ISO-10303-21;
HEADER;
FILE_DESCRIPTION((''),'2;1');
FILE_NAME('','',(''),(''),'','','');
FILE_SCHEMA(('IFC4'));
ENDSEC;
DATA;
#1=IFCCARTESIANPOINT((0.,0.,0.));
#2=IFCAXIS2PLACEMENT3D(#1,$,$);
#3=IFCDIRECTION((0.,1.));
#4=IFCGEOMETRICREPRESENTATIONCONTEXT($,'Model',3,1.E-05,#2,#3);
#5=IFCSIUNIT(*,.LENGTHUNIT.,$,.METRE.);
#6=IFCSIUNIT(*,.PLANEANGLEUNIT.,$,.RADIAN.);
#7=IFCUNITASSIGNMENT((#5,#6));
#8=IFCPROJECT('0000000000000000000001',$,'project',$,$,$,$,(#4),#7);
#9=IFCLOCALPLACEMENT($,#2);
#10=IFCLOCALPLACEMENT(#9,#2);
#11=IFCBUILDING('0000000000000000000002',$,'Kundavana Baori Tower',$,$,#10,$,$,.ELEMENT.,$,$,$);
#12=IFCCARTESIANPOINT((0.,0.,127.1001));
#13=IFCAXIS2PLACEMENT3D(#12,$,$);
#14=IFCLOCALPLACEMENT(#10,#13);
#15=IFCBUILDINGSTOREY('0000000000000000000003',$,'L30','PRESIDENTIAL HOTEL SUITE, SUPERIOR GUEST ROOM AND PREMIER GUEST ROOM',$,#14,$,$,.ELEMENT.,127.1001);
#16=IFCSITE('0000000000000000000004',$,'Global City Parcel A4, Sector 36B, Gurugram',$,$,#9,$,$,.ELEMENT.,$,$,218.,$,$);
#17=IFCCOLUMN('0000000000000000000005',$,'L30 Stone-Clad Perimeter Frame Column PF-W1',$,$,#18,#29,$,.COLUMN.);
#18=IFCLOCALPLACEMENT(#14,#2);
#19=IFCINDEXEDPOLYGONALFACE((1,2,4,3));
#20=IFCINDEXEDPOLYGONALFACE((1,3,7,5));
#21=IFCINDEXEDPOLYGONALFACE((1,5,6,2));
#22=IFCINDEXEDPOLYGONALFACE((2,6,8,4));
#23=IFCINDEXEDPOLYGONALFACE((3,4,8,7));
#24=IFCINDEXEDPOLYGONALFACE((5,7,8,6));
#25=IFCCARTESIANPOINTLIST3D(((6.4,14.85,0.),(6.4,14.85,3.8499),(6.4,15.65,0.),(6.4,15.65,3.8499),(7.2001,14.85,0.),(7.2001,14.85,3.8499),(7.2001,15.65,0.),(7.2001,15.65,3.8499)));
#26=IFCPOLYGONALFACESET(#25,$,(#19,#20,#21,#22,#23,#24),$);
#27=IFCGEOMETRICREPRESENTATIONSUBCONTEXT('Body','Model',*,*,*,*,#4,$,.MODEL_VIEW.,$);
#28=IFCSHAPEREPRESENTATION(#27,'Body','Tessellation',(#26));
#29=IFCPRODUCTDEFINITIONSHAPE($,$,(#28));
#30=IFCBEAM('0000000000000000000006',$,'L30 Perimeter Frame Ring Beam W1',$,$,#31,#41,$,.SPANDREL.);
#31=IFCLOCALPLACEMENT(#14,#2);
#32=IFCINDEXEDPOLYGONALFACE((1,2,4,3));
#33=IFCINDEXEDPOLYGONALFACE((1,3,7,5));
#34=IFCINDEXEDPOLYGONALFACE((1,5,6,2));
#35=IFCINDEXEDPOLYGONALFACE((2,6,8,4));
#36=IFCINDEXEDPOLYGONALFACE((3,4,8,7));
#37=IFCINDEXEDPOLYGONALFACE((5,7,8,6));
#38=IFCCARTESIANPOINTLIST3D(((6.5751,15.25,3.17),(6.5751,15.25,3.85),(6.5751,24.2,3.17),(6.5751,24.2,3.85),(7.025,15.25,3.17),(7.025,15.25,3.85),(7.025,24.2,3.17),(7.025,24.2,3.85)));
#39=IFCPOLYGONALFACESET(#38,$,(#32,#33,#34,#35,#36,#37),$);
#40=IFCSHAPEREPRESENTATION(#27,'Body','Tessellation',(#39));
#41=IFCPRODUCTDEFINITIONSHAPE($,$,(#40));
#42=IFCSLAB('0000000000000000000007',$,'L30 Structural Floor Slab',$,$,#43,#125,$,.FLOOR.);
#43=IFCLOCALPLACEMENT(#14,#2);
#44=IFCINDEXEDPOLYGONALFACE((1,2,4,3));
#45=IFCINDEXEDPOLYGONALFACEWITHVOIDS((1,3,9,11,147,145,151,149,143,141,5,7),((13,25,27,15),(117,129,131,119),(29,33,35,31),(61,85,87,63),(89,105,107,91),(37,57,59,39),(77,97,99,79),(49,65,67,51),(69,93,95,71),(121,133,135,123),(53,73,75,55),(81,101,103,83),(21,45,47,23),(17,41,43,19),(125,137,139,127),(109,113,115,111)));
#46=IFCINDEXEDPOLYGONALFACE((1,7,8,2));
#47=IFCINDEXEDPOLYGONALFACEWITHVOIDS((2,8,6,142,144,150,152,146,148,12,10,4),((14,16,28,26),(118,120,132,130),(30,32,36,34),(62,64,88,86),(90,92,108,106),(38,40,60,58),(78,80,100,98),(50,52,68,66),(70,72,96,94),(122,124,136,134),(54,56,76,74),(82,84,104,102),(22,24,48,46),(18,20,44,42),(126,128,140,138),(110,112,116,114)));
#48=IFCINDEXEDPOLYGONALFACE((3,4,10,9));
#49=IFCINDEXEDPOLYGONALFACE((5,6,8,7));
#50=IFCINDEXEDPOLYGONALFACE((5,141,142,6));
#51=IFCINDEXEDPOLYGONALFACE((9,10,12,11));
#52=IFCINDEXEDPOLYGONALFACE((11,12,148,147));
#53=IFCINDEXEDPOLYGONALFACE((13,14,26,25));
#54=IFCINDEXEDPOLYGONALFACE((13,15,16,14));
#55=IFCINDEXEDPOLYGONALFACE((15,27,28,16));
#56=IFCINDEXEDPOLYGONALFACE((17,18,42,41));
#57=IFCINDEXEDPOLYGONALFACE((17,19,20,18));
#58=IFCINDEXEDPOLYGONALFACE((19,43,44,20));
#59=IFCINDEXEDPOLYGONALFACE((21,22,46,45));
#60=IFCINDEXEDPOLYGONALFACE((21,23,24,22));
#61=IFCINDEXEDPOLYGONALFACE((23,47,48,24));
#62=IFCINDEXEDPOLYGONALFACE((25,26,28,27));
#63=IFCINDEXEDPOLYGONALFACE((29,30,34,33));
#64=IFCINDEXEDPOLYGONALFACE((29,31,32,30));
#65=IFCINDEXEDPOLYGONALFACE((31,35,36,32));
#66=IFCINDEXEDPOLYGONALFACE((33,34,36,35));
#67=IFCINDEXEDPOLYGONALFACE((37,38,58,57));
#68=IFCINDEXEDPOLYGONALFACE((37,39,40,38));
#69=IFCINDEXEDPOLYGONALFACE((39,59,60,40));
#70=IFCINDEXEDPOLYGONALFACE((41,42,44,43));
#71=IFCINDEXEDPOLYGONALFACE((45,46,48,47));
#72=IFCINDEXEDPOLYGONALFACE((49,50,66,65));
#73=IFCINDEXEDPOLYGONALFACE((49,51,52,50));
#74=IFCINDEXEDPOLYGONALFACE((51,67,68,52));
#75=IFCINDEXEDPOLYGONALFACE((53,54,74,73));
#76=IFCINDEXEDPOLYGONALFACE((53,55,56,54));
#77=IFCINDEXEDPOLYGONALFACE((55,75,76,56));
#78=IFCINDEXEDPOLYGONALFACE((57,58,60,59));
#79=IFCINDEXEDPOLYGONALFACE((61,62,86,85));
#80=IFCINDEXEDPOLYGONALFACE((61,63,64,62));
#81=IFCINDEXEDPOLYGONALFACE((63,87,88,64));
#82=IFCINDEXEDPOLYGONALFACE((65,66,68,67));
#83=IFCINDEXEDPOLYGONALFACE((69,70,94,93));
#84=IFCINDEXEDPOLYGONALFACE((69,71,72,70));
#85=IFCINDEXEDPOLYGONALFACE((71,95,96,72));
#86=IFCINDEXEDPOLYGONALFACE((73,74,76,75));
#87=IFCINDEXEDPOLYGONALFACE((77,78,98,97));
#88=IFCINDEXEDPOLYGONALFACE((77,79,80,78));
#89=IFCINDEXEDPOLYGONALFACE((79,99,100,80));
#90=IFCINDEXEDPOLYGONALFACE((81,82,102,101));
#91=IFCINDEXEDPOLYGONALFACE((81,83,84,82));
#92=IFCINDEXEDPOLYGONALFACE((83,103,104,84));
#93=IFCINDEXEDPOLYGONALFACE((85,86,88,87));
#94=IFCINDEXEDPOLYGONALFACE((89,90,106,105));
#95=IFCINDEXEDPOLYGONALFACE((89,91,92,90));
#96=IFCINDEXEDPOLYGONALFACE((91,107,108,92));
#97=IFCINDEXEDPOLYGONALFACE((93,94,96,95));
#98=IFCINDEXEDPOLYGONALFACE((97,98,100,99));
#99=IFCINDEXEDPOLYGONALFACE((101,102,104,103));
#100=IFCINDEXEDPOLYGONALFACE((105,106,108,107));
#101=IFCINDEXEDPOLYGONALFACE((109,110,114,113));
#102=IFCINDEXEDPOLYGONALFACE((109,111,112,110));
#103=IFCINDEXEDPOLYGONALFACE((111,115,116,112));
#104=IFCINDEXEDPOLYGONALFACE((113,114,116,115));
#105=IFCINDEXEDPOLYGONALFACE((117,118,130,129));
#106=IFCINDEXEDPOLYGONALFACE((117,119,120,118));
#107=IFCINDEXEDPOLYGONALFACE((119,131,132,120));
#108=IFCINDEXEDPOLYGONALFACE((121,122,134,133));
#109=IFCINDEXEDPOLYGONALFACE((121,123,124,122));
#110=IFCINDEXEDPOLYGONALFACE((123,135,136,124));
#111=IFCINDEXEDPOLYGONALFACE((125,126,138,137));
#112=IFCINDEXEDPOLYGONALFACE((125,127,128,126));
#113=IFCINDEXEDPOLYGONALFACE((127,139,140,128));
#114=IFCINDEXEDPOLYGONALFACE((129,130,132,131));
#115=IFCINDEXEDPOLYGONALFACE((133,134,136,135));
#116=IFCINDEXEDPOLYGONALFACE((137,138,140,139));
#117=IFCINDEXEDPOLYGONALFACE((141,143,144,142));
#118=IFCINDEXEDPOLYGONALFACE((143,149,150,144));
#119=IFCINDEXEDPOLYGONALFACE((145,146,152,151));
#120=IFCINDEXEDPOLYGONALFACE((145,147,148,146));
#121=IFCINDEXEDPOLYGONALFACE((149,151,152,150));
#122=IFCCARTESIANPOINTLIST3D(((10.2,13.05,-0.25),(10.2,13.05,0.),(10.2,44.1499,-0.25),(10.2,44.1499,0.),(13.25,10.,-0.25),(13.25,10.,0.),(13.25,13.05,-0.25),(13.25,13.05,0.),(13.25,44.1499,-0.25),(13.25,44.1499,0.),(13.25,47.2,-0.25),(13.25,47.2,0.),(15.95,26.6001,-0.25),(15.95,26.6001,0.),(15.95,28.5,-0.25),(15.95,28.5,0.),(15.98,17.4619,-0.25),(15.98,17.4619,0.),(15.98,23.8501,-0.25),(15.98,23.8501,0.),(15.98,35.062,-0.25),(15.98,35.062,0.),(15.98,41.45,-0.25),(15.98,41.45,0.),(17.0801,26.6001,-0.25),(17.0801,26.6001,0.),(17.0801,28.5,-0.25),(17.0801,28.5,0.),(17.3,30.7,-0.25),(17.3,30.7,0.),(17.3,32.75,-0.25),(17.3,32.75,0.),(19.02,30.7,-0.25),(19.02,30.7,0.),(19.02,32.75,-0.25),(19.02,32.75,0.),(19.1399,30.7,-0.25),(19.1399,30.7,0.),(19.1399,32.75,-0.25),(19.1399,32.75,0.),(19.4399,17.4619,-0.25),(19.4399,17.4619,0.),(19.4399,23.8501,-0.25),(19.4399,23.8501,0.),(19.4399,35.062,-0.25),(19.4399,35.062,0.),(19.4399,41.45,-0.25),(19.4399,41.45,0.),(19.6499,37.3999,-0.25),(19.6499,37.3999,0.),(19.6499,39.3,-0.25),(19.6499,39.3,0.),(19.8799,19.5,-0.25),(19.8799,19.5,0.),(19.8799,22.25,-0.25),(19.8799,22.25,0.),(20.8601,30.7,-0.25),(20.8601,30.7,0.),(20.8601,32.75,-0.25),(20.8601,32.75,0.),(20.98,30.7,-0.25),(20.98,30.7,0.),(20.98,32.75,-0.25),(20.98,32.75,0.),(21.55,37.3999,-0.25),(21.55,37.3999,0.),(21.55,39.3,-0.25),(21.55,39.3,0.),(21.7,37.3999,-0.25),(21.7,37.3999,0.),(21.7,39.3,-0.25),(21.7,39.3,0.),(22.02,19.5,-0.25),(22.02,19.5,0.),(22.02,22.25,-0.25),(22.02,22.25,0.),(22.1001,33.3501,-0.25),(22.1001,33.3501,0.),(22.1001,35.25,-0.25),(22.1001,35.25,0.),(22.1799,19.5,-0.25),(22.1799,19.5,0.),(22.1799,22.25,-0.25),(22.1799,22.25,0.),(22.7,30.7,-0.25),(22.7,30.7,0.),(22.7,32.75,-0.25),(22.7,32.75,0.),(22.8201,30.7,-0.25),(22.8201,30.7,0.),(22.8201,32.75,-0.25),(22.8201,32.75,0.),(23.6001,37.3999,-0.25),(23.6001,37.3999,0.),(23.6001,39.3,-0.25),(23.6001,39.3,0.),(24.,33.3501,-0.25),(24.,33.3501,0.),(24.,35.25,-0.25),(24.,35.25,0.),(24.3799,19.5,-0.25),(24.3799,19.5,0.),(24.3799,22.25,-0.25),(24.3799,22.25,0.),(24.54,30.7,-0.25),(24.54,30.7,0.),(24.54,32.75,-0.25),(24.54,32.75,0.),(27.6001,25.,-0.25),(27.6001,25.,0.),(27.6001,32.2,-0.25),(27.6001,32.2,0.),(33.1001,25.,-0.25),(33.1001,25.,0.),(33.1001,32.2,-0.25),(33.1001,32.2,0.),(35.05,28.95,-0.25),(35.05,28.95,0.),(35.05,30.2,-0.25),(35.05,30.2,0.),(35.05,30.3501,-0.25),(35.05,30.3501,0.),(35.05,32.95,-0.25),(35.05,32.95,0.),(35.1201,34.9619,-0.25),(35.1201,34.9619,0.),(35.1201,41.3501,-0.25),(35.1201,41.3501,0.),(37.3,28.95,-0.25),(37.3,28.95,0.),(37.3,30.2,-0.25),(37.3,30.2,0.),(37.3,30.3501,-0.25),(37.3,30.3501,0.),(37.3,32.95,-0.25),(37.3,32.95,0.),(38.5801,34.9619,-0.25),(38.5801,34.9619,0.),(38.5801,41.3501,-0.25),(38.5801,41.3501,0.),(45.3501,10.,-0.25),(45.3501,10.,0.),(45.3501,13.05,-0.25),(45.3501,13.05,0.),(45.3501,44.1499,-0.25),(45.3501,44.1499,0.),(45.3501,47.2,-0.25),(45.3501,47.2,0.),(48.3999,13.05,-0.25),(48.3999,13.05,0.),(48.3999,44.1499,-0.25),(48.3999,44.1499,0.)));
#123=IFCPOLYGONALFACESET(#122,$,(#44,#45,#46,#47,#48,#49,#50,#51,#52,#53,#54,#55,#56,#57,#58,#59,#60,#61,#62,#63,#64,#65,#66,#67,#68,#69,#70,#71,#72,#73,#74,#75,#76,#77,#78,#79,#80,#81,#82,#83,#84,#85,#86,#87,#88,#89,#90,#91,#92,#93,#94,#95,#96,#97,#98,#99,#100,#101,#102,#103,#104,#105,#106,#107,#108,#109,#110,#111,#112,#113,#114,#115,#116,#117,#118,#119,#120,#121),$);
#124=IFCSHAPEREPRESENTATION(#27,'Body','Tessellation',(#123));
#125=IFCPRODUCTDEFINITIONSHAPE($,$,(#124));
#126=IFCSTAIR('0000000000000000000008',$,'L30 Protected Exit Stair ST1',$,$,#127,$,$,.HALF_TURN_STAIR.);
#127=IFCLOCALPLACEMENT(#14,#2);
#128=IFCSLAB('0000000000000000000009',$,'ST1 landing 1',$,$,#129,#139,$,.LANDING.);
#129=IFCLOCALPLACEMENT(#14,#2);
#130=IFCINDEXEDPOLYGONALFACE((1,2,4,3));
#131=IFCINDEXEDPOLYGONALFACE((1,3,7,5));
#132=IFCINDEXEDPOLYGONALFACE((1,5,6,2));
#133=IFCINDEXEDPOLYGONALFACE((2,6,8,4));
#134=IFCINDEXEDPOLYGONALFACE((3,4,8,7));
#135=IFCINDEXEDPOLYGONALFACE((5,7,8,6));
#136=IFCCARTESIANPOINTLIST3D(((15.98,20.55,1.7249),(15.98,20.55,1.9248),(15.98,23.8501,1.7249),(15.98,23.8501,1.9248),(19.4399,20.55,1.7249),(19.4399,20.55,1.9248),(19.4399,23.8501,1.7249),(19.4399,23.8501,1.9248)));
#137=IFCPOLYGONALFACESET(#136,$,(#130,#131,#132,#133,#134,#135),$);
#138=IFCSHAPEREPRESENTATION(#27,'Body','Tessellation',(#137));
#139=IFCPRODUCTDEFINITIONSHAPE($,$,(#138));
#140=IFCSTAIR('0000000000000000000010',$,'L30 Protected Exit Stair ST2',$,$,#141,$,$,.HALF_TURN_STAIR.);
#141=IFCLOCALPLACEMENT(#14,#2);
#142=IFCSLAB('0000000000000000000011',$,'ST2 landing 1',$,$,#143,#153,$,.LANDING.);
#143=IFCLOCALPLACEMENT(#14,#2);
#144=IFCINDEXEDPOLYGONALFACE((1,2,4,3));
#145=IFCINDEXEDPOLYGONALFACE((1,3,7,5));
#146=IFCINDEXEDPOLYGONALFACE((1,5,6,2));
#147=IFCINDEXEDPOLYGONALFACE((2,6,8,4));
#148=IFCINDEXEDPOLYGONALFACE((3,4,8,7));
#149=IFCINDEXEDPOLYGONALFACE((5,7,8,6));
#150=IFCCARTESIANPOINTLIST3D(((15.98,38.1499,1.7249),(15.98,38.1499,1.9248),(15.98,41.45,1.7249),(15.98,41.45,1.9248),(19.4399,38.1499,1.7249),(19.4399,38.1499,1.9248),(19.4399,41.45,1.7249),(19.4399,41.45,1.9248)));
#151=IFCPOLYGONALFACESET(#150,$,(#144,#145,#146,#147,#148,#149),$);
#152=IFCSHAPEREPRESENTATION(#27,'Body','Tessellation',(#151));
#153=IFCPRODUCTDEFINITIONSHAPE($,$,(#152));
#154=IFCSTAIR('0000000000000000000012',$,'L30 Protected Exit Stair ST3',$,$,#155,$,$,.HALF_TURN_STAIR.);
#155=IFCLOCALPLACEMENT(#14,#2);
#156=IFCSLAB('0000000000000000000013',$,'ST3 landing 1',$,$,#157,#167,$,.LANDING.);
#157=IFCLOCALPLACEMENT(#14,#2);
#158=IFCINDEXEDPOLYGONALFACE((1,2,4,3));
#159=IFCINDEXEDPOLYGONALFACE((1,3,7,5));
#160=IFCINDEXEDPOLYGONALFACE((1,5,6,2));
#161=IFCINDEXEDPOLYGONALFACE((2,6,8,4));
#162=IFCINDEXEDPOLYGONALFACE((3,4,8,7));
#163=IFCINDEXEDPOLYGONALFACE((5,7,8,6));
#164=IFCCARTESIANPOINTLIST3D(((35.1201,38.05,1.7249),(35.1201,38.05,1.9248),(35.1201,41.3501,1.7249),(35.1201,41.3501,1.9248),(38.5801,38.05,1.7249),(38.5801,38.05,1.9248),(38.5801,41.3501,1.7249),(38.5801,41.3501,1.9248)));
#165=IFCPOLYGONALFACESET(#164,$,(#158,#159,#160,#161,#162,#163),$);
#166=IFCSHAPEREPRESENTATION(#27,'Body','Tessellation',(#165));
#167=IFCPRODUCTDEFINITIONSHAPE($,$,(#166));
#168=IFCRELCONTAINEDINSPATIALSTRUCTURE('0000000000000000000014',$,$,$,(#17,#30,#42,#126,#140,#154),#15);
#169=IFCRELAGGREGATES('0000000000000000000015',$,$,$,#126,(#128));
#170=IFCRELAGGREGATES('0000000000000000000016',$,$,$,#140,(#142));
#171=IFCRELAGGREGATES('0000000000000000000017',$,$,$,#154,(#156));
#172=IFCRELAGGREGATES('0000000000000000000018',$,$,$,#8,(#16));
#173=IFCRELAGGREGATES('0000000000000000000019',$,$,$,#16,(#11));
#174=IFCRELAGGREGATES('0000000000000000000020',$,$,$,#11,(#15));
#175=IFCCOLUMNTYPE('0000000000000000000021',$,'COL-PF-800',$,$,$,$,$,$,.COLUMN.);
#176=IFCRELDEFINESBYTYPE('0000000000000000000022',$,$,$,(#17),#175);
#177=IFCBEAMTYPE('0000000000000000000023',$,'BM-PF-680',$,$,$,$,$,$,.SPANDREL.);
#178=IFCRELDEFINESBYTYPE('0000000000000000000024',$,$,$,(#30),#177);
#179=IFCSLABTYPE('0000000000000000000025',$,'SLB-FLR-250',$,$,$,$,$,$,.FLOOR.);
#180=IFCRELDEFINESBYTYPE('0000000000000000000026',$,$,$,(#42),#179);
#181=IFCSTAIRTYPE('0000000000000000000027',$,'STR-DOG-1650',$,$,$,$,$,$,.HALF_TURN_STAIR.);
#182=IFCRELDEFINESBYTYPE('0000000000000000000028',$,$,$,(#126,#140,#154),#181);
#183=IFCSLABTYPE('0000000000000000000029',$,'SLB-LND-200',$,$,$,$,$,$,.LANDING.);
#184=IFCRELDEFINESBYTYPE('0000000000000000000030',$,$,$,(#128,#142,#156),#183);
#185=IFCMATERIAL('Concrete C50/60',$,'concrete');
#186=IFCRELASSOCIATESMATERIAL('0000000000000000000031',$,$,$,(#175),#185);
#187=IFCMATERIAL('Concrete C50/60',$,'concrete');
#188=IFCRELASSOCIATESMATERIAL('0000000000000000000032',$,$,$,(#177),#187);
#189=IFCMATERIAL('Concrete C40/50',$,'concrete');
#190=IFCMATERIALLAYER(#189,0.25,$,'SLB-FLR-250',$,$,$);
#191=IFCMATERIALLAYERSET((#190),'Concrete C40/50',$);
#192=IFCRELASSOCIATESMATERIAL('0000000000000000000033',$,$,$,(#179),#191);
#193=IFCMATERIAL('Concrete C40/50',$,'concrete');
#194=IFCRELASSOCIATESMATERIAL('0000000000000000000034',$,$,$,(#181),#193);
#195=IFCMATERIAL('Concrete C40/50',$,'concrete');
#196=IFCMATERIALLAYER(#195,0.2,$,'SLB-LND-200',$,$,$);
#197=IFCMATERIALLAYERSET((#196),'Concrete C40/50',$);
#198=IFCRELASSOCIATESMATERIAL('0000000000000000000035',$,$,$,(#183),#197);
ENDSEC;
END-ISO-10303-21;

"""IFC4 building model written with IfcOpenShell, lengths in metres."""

from ifc_helpers import new_model, si_unit, direction, frame, origin, origin_2d, place, context, subcontext, project, spatial, polyline, rectangle, outline, extrude, material, layer, layer_set, material_profile, profile_set, type_object, element, aggregate, save


model = new_model("IFC4")

# Units and contexts
model_context = context("Model", 3, precision=1e-05, world=origin(), true_north=direction((0.0, 1.0)))
body_context = subcontext(model_context, "Body", "Model", "MODEL_VIEW")
ifc_project = project(units=[si_unit("LENGTHUNIT", "METRE"), si_unit("PLANEANGLEUNIT", "RADIAN")], contexts=[model_context])

# Site, building, storey
site_placement = place(None, origin())
site = spatial("IfcSite", under=ifc_project, at=site_placement, Name="Global City Parcel A4, Sector 36B, Gurugram", CompositionType="ELEMENT", RefElevation=218.0)
building_placement = place(site_placement, origin())
building = spatial("IfcBuilding", under=site, at=building_placement, Name="Kundavana Baori Tower", CompositionType="ELEMENT")
storey_placement = place(building_placement, frame((0.0, 0.0, 127.1001)))
storey = spatial("IfcBuildingStorey", under=building, at=storey_placement, Name="L30", Description="PRESIDENTIAL HOTEL SUITE, SUPERIOR GUEST ROOM AND PREMIER GUEST ROOM", CompositionType="ELEMENT", Elevation=127.1001)

# Column
ifc_material_1 = material(Name="Concrete C50/60", Category="concrete")
ifc_material_profile_1 = material_profile(ifc_material_1, rectangle(XDim=0.8, YDim=0.8, at=origin_2d()), Name="RC PF 800x800")
ifc_profile_set_1 = profile_set([ifc_material_profile_1], Name="Concrete C50/60")
column_type = type_object("IfcColumnType", Name="COL-PF-800", PredefinedType="COLUMN", material=ifc_profile_set_1)
column_placement = place(storey_placement, frame((6.8, 15.25, 0.0), z_axis=(0.0, 0.0, 1.0), x_axis=(1.0, 0.0, 0.0)))
element("IfcColumn", 1, at=column_placement, inside=storey, type_object=column_type, Name="L30 Stone-Clad Perimeter Frame Column PF-W1", PredefinedType="COLUMN", context=body_context, shape_type="SweptSolid", body=[
    extrude(rectangle(XDim=0.8, YDim=0.8, at=origin_2d()), origin(), (0.0, 0.0, 1.0), 3.8499),
])

# Beam
ifc_material_2 = material(Name="Concrete C50/60", Category="concrete")
ifc_material_profile_2 = material_profile(ifc_material_2, rectangle(XDim=0.45, YDim=0.6799, at=origin_2d()), Name="RC BM 450x680")
ifc_profile_set_2 = profile_set([ifc_material_profile_2], Name="Concrete C50/60")
beam_type = type_object("IfcBeamType", Name="BM-PF-680", PredefinedType="SPANDREL", material=ifc_profile_set_2)
beam_placement = place(storey_placement, frame((6.8, 15.25, 3.51), z_axis=(0.0, 1.0, 0.0), x_axis=(-1.0, 0.0, 0.0)))
element("IfcBeam", 2, at=beam_placement, inside=storey, type_object=beam_type, Name="L30 Perimeter Frame Ring Beam W1", PredefinedType="SPANDREL", context=body_context, shape_type="SweptSolid", body=[
    extrude(rectangle(XDim=0.45, YDim=0.6799, at=origin_2d()), origin(), (0.0, 0.0, 1.0), 8.95),
])

# Slab
ifc_material_3 = material(Name="Concrete C40/50", Category="concrete")
ifc_layer_1 = layer(ifc_material_3, 0.25, Name="SLB-FLR-250")
ifc_layer_set_1 = layer_set([ifc_layer_1], Name="Concrete C40/50")
slab_type_1 = type_object("IfcSlabType", Name="SLB-FLR-250", PredefinedType="FLOOR", material=ifc_layer_set_1)
slab_1_placement = place(storey_placement, frame((0.0, 0.0, -0.25)))
element("IfcSlab", 3, at=slab_1_placement, inside=storey, type_object=slab_type_1, Name="L30 Structural Floor Slab", PredefinedType="FLOOR", context=body_context, shape_type="SweptSolid", body=[
    extrude(outline(polyline([(13.25, 10.0), (45.3501, 10.0), (45.3501, 13.05), (48.3999, 13.05), (48.3999, 44.1499), (45.3501, 44.1499), (45.3501, 47.2), (13.25, 47.2), (13.25, 44.1499), (10.2, 44.1499), (10.2, 13.05), (13.25, 13.05), (13.25, 10.0)]), holes=[polyline([(19.4399, 17.4619), (19.4399, 23.8501), (15.98, 23.8501), (15.98, 17.4619), (19.4399, 17.4619)]), polyline([(19.4399, 35.062), (19.4399, 41.45), (15.98, 41.45), (15.98, 35.062), (19.4399, 35.062)]), polyline([(38.5801, 34.9619), (38.5801, 41.3501), (35.1201, 41.3501), (35.1201, 34.9619), (38.5801, 34.9619)]), polyline([(17.3, 30.7), (19.02, 30.7), (19.02, 32.75), (17.3, 32.75), (17.3, 30.7)]), polyline([(19.1399, 30.7), (20.8601, 30.7), (20.8601, 32.75), (19.1399, 32.75), (19.1399, 30.7)]), polyline([(20.98, 30.7), (22.7, 30.7), (22.7, 32.75), (20.98, 32.75), (20.98, 30.7)]), polyline([(22.8201, 30.7), (24.54, 30.7), (24.54, 32.75), (22.8201, 32.75), (22.8201, 30.7)]), polyline([(19.6499, 37.3999), (21.55, 37.3999), (21.55, 39.3), (19.6499, 39.3), (19.6499, 37.3999)]), polyline([(21.7, 37.3999), (23.6001, 37.3999), (23.6001, 39.3), (21.7, 39.3), (21.7, 37.3999)]), polyline([(22.1001, 33.3501), (24.0, 33.3501), (24.0, 35.25), (22.1001, 35.25), (22.1001, 33.3501)]), polyline([(19.8799, 19.5), (22.02, 19.5), (22.02, 22.25), (19.8799, 22.25), (19.8799, 19.5)]), polyline([(22.1799, 19.5), (24.3799, 19.5), (24.3799, 22.25), (22.1799, 22.25), (22.1799, 19.5)]), polyline([(35.05, 30.3501), (37.3, 30.3501), (37.3, 32.95), (35.05, 32.95), (35.05, 30.3501)]), polyline([(15.95, 26.6001), (17.0801, 26.6001), (17.0801, 28.5), (15.95, 28.5), (15.95, 26.6001)]), polyline([(35.05, 28.95), (37.3, 28.95), (37.3, 30.2), (35.05, 30.2), (35.05, 28.95)]), polyline([(27.6001, 25.0), (33.1001, 25.0), (33.1001, 32.2), (27.6001, 32.2), (27.6001, 25.0)])]), origin(), (0.0, 0.0, 1.0), 0.25),
])

# Stairs, slabs
ifc_material_4 = material(Name="Concrete C40/50", Category="concrete")
stair_type = type_object("IfcStairType", Name="STR-DOG-1650", PredefinedType="HALF_TURN_STAIR", material=ifc_material_4)
stair_1_placement = place(storey_placement, origin())
stair_1 = element("IfcStair", 4, at=stair_1_placement, inside=storey, type_object=stair_type, Name="L30 Protected Exit Stair ST1", PredefinedType="HALF_TURN_STAIR")
ifc_material_5 = material(Name="Concrete C40/50", Category="concrete")
ifc_layer_2 = layer(ifc_material_5, 0.2, Name="SLB-LND-200")
ifc_layer_set_2 = layer_set([ifc_layer_2], Name="Concrete C40/50")
slab_type_2 = type_object("IfcSlabType", Name="SLB-LND-200", PredefinedType="LANDING", material=ifc_layer_set_2)
slab_2_placement = place(storey_placement, frame((0.0, 0.0, 1.7249)))
slab_2 = element("IfcSlab", 5, at=slab_2_placement, type_object=slab_type_2, Name="ST1 landing 1", PredefinedType="LANDING", context=body_context, shape_type="SweptSolid", body=[
    extrude(outline(polyline([(19.4399, 20.55), (19.4399, 23.8501), (15.98, 23.8501), (15.98, 20.55), (19.4399, 20.55)])), origin(), (0.0, 0.0, 1.0), 0.2),
])
aggregate(stair_1, [slab_2])
stair_2_placement = place(storey_placement, origin())
stair_2 = element("IfcStair", 6, at=stair_2_placement, inside=storey, type_object=stair_type, Name="L30 Protected Exit Stair ST2", PredefinedType="HALF_TURN_STAIR")
slab_3_placement = place(storey_placement, frame((0.0, 0.0, 1.7249)))
slab_3 = element("IfcSlab", 7, at=slab_3_placement, type_object=slab_type_2, Name="ST2 landing 1", PredefinedType="LANDING", context=body_context, shape_type="SweptSolid", body=[
    extrude(outline(polyline([(19.4399, 38.1499), (19.4399, 41.45), (15.98, 41.45), (15.98, 38.1499), (19.4399, 38.1499)])), origin(), (0.0, 0.0, 1.0), 0.2),
])
aggregate(stair_2, [slab_3])
stair_3_placement = place(storey_placement, origin())
stair_3 = element("IfcStair", 8, at=stair_3_placement, inside=storey, type_object=stair_type, Name="L30 Protected Exit Stair ST3", PredefinedType="HALF_TURN_STAIR")
slab_4_placement = place(storey_placement, frame((0.0, 0.0, 1.7249)))
slab_4 = element("IfcSlab", 9, at=slab_4_placement, type_object=slab_type_2, Name="ST3 landing 1", PredefinedType="LANDING", context=body_context, shape_type="SweptSolid", body=[
    extrude(outline(polyline([(38.5801, 38.05), (38.5801, 41.3501), (35.1201, 41.3501), (35.1201, 38.05), (38.5801, 38.05)])), origin(), (0.0, 0.0, 1.0), 0.2),
])
aggregate(stair_3, [slab_4])

save(model, "model.ifc")
